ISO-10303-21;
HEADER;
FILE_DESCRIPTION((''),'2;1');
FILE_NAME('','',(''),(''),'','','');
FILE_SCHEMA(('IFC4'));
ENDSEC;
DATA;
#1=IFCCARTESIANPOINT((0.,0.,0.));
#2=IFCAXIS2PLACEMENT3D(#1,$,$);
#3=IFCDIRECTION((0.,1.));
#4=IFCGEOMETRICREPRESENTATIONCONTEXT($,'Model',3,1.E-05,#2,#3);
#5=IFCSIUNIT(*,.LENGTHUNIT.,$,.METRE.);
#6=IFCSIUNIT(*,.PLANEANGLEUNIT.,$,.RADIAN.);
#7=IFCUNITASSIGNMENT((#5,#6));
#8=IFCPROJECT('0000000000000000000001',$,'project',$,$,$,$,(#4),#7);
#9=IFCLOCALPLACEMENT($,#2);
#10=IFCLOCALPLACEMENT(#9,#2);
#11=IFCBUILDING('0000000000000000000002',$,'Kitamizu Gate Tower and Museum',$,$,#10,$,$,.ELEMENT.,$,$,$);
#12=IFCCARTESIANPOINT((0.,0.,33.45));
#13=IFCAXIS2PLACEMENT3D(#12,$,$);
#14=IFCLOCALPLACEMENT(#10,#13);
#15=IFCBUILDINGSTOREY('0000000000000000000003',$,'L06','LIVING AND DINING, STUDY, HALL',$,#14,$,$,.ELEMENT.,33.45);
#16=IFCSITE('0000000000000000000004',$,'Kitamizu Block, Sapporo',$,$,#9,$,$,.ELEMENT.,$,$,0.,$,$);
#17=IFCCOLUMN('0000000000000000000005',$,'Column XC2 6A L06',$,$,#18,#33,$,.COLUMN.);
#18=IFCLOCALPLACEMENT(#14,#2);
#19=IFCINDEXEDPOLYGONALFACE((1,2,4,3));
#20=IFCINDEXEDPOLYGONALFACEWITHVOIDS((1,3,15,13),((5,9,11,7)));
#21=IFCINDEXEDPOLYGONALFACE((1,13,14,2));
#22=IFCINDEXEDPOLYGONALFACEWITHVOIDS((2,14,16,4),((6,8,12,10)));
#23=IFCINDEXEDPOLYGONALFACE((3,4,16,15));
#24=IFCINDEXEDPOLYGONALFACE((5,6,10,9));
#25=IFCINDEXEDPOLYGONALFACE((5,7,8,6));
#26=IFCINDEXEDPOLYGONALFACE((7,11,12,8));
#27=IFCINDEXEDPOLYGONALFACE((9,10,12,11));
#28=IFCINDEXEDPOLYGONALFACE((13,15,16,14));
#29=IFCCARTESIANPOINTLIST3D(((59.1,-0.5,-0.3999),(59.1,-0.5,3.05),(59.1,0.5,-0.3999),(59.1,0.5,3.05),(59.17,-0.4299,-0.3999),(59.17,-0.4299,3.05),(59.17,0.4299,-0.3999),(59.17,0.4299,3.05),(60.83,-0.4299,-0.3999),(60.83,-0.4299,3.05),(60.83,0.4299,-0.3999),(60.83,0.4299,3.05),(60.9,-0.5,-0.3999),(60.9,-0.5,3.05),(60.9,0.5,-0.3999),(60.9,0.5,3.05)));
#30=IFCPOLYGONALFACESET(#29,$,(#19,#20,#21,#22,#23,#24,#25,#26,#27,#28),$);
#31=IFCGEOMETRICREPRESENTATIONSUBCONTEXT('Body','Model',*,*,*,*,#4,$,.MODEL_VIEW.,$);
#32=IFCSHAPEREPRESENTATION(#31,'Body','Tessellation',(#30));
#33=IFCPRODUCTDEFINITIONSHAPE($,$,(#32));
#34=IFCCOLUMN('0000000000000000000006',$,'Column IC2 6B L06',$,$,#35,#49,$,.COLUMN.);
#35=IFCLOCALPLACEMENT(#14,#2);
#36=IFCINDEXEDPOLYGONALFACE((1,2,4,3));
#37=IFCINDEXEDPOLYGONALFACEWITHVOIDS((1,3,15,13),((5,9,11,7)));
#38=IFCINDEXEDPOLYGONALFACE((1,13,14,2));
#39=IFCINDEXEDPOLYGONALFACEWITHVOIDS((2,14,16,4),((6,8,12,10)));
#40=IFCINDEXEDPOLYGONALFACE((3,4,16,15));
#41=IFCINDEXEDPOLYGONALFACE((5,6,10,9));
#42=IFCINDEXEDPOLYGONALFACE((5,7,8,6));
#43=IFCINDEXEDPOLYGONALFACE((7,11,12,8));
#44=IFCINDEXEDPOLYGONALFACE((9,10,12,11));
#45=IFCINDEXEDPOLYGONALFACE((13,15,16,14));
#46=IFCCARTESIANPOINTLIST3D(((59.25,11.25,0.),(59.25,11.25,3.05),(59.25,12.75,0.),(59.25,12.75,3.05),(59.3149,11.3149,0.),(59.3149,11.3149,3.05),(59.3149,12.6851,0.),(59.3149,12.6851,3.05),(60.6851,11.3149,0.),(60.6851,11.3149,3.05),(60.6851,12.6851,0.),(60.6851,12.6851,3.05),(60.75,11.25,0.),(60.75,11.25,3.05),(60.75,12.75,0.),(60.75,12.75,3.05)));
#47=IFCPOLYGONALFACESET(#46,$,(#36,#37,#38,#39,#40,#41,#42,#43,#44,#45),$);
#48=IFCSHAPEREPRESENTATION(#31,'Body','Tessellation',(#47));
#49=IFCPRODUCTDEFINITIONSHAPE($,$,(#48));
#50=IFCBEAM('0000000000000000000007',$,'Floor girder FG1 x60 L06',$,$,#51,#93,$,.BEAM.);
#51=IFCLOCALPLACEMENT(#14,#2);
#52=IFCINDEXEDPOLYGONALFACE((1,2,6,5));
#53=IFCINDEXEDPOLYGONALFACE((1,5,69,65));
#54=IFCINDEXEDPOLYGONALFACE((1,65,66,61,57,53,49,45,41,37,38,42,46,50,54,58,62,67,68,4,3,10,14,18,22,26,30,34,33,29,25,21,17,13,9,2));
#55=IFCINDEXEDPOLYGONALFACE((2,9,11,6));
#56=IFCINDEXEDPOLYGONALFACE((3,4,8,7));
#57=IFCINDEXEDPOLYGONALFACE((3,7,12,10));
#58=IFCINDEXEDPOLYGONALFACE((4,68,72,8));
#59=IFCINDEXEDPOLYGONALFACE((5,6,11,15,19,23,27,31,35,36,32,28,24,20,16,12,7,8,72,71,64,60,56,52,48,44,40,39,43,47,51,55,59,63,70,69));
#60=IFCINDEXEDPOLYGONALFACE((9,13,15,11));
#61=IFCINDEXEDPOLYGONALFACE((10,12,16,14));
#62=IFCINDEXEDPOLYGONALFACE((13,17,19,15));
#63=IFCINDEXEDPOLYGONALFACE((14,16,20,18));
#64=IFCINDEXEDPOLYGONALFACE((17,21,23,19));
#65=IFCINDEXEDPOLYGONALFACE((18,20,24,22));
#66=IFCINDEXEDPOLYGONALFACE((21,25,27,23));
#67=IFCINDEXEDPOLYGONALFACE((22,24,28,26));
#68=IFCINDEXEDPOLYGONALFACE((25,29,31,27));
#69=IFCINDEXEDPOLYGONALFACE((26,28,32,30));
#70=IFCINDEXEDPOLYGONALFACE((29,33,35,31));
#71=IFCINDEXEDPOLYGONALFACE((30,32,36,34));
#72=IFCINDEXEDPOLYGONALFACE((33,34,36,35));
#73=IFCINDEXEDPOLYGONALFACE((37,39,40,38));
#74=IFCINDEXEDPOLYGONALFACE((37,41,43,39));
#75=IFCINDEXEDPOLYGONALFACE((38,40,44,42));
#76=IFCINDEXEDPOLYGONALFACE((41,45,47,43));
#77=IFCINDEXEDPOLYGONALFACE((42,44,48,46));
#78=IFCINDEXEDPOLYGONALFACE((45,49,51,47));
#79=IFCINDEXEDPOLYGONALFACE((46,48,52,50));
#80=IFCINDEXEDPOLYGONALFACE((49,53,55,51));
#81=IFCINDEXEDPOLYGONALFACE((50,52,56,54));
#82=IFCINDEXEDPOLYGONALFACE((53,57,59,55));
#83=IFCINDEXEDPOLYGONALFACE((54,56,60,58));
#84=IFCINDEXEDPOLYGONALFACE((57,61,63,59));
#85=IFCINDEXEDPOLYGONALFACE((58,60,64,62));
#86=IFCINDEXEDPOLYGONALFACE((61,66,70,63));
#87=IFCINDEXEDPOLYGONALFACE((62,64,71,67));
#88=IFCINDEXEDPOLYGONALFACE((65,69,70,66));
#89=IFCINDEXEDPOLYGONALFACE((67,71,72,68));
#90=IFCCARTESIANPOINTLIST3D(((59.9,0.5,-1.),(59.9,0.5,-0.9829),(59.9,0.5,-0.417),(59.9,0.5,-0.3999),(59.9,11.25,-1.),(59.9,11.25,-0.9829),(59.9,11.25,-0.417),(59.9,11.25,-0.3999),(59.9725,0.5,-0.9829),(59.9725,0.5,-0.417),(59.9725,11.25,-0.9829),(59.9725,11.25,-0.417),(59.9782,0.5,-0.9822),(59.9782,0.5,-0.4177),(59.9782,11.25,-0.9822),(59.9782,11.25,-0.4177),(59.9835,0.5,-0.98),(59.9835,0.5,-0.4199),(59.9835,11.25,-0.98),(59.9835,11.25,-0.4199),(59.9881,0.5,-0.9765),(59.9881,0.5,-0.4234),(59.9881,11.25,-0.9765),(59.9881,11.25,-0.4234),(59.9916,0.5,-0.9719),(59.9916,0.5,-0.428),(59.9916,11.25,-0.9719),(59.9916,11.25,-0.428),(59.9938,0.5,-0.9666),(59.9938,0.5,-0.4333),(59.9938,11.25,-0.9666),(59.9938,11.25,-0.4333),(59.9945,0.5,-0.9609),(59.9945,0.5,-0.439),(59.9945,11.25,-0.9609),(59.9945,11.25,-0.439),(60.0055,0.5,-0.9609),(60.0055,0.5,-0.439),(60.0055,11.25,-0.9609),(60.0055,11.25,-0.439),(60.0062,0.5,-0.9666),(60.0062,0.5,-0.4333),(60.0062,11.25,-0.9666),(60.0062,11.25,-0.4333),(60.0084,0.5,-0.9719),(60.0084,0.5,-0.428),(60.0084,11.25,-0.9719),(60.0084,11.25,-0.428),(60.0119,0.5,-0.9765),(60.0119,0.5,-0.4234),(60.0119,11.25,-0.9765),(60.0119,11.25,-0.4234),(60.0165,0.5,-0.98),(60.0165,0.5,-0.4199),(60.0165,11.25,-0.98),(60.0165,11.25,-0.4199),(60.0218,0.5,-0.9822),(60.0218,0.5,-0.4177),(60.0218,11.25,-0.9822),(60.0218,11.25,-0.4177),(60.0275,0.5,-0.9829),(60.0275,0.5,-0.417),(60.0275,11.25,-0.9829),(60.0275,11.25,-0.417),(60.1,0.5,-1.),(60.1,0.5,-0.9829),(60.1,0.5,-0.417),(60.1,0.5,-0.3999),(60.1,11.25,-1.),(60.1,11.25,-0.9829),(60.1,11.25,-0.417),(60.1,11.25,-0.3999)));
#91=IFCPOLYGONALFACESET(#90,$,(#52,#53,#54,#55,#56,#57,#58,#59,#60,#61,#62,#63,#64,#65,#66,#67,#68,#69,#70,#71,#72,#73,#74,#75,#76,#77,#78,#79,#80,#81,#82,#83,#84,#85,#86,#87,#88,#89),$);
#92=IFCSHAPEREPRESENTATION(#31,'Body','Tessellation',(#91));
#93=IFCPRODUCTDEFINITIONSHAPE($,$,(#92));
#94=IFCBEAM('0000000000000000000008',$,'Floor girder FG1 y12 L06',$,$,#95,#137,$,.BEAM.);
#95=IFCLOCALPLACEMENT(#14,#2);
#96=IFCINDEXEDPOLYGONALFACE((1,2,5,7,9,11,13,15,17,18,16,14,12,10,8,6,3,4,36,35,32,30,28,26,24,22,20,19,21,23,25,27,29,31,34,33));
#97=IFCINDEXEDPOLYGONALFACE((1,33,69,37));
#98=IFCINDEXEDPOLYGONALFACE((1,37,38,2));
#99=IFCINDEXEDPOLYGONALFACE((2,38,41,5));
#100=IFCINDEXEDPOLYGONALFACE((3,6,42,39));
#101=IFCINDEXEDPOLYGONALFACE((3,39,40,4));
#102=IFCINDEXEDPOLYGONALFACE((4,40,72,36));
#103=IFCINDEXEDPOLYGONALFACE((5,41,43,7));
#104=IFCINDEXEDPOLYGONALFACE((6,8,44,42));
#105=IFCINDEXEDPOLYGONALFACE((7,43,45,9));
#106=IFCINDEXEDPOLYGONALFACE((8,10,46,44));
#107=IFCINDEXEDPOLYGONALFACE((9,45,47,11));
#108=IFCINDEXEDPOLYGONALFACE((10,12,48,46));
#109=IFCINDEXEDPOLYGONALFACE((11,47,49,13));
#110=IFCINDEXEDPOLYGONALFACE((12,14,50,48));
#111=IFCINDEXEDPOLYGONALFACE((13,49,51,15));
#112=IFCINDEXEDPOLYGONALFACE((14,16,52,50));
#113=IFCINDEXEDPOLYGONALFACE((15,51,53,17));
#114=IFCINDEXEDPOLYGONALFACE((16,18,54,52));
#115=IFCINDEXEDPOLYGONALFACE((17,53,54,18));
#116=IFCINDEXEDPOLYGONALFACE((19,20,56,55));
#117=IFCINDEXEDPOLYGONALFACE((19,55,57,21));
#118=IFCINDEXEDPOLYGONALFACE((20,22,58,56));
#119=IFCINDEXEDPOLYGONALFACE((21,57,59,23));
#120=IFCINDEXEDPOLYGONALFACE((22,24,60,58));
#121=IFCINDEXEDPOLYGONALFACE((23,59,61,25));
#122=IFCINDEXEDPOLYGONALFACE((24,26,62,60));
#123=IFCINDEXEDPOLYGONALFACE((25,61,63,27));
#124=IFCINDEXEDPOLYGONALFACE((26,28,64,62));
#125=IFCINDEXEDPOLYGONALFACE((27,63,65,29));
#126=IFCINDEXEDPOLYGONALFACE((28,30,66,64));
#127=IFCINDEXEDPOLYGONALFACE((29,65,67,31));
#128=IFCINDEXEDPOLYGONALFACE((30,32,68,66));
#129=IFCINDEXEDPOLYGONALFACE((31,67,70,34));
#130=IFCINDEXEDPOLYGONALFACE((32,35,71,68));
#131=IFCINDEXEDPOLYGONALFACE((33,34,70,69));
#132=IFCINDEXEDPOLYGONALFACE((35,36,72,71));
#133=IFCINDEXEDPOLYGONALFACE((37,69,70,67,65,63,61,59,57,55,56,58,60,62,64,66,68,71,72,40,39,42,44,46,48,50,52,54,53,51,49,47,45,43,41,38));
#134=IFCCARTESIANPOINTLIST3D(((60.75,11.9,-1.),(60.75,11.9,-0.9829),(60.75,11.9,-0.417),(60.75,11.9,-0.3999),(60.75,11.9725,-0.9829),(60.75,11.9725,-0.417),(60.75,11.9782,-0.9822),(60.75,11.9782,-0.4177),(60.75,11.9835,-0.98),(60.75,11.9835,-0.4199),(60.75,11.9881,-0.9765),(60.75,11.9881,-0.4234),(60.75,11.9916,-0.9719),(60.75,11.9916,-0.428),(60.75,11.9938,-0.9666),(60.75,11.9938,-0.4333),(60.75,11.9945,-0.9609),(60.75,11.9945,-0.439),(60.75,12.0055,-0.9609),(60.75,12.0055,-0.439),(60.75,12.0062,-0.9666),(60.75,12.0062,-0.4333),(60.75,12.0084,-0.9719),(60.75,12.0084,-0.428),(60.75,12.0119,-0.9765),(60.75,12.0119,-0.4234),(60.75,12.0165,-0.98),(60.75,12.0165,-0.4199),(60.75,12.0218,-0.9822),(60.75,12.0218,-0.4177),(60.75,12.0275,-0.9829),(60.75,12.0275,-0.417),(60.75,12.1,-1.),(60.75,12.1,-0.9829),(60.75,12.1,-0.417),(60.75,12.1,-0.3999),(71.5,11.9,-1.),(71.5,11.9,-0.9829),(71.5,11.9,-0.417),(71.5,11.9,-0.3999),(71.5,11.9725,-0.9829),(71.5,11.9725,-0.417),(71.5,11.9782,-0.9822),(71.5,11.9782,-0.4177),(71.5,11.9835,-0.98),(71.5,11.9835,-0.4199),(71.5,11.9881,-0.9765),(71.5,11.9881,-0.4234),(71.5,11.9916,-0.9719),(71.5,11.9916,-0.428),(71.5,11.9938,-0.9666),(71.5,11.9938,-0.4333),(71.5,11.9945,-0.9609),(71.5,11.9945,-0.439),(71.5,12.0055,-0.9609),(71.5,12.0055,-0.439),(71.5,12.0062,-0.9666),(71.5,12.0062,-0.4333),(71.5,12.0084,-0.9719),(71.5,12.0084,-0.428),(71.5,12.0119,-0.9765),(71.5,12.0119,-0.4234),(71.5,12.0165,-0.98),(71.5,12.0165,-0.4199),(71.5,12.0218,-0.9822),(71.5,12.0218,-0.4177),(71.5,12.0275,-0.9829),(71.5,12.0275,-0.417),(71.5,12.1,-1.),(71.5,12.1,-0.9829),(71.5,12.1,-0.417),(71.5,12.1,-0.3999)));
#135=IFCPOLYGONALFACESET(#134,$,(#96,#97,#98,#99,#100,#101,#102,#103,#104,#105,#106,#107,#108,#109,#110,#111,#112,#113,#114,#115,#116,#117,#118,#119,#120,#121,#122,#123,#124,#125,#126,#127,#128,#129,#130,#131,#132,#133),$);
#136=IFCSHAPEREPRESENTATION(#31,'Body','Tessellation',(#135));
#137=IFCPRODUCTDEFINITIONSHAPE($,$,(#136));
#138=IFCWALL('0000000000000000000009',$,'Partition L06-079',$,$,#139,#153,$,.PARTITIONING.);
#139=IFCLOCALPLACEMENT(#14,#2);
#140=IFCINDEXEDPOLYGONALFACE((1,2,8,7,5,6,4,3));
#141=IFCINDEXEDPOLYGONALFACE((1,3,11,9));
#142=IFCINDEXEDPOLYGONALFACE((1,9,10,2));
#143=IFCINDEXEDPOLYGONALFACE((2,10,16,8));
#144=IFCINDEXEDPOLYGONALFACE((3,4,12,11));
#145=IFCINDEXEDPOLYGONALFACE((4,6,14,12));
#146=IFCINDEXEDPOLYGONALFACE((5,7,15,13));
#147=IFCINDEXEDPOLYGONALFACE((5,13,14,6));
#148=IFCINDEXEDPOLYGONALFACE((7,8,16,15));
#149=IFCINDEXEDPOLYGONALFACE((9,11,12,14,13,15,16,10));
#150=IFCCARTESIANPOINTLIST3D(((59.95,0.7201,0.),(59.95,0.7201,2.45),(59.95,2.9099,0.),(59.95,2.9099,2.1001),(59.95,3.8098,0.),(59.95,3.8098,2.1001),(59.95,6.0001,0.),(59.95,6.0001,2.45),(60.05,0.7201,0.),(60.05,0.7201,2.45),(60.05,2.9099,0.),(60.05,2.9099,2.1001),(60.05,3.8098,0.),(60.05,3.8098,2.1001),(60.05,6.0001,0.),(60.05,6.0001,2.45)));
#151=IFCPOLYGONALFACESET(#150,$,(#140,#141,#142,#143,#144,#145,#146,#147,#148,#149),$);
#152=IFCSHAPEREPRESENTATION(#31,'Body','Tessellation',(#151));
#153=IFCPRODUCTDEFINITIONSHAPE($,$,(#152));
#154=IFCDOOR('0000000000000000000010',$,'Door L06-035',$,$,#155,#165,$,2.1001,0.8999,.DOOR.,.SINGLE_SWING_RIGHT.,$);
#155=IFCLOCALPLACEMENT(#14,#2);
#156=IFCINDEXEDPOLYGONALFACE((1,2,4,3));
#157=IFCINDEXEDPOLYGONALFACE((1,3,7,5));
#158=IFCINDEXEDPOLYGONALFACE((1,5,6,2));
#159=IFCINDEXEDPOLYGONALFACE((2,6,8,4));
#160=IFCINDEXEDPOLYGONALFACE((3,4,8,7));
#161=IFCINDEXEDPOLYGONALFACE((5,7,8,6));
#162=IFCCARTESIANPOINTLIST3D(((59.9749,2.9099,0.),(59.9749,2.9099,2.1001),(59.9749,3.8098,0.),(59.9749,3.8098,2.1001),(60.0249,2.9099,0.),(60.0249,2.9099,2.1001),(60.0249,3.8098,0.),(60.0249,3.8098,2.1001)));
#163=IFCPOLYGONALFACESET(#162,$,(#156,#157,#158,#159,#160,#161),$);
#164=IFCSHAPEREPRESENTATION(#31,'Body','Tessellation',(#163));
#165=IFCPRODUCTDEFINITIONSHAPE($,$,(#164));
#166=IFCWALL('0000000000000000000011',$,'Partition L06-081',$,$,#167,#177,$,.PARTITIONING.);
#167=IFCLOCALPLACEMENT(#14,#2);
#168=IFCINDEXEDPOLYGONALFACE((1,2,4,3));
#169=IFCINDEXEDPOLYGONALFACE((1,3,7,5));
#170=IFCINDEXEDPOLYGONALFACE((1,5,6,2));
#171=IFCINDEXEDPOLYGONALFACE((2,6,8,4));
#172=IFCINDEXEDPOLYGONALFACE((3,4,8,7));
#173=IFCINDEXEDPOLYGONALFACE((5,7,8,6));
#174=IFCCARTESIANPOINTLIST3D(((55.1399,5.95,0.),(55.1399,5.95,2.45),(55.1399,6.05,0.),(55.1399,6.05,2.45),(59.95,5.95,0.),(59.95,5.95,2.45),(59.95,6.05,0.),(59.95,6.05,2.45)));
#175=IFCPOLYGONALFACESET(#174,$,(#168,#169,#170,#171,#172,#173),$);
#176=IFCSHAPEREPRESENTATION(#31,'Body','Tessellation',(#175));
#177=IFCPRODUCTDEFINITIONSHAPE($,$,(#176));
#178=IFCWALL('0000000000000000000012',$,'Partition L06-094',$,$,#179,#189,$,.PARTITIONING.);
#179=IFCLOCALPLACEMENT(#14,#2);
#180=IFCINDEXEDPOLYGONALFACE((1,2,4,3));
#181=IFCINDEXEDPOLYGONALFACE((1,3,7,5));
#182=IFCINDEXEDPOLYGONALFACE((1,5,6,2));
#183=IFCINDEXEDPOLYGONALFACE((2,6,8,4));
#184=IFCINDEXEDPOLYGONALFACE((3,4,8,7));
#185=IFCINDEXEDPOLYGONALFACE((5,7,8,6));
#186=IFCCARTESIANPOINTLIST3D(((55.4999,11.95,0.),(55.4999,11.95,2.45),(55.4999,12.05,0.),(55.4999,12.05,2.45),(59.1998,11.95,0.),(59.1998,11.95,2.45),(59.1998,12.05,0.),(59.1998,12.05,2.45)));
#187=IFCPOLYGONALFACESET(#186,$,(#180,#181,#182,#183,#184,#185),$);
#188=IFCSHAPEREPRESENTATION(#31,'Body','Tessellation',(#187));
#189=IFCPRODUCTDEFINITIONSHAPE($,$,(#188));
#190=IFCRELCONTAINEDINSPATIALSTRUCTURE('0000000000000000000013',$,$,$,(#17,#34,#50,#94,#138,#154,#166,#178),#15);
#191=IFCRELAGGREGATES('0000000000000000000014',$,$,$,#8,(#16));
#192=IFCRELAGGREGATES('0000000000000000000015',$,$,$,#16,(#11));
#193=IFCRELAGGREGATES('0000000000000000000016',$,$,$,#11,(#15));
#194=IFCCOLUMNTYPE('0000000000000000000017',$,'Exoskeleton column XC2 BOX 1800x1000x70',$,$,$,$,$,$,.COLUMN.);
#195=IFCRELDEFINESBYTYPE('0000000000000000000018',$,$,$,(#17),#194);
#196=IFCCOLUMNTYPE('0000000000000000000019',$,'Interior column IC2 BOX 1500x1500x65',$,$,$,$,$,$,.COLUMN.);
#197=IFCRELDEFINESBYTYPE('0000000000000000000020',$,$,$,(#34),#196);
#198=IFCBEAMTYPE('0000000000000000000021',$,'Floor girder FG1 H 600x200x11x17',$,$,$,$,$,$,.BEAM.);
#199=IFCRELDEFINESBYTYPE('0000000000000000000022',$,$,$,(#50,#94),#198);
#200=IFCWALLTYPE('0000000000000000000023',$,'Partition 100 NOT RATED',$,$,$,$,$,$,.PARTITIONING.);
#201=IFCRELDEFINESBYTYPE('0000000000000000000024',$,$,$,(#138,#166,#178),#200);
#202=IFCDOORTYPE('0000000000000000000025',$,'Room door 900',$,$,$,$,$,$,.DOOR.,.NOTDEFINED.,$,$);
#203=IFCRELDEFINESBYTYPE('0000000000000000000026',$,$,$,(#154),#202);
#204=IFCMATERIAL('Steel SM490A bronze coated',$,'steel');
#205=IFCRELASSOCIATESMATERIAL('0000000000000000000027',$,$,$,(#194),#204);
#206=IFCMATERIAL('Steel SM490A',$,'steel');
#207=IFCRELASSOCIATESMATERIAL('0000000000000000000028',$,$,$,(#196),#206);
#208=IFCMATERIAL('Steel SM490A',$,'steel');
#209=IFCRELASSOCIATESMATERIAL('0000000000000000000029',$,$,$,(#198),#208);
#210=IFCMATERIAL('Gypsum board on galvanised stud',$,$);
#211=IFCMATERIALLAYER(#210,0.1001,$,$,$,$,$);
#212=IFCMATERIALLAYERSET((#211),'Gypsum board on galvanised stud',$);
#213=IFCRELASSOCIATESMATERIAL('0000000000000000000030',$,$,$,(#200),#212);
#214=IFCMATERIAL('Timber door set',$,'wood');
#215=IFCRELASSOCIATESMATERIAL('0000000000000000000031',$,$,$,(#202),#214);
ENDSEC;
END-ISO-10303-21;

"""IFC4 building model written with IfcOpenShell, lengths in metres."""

from ifc_helpers import new_model, si_unit, direction, frame, frame_2d, origin, origin_2d, place, context, subcontext, project, spatial, rectangle, hollow_rectangle, i_section, extrude, material, layer, layer_set, material_profile, profile_set, type_object, element, fill, save


model = new_model("IFC4")

# Units and contexts
model_context = context("Model", 3, precision=1e-05, world=origin(), true_north=direction((0.0, 1.0)))
body_context = subcontext(model_context, "Body", "Model", "MODEL_VIEW")
ifc_project = project(units=[si_unit("LENGTHUNIT", "METRE"), si_unit("PLANEANGLEUNIT", "RADIAN")], contexts=[model_context])

# Site, building, storey
site_placement = place(None, origin())
site = spatial("IfcSite", under=ifc_project, at=site_placement, Name="Kitamizu Block, Sapporo", CompositionType="ELEMENT", RefElevation=0.0)
building_placement = place(site_placement, origin())
building = spatial("IfcBuilding", under=site, at=building_placement, Name="Kitamizu Gate Tower and Museum", CompositionType="ELEMENT")
storey_placement = place(building_placement, frame((0.0, 0.0, 33.45)))
storey = spatial("IfcBuildingStorey", under=building, at=storey_placement, Name="L06", Description="LIVING AND DINING, STUDY, HALL", CompositionType="ELEMENT", Elevation=33.45)

# Columns
ifc_material_1 = material(Name="Steel SM490A bronze coated", Category="steel")
ifc_material_profile_1 = material_profile(ifc_material_1, hollow_rectangle(XDim=1.8, YDim=1.0, WallThickness=0.0701, at=origin_2d()), Name="BOX 1800x1000x70")
ifc_profile_set_1 = profile_set([ifc_material_profile_1], Name="Steel SM490A bronze coated")
column_type_1 = type_object("IfcColumnType", Name="Exoskeleton column XC2 BOX 1800x1000x70", PredefinedType="COLUMN", material=ifc_profile_set_1)
column_1_placement = place(storey_placement, frame((60.0, 0.0, -0.3999), z_axis=(0.0, 0.0, 1.0), x_axis=(1.0, 0.0, 0.0)))
element("IfcColumn", 1, at=column_1_placement, inside=storey, type_object=column_type_1, Name="Column XC2 6A L06", PredefinedType="COLUMN", context=body_context, shape_type="SweptSolid", body=[
    extrude(hollow_rectangle(XDim=1.8, YDim=1.0, WallThickness=0.0701, at=origin_2d()), origin(), (0.0, 0.0, 1.0), 3.45),
])
ifc_material_2 = material(Name="Steel SM490A", Category="steel")
ifc_material_profile_2 = material_profile(ifc_material_2, hollow_rectangle(XDim=1.5, YDim=1.5, WallThickness=0.0649, at=origin_2d()), Name="BOX 1500x1500x65")
ifc_profile_set_2 = profile_set([ifc_material_profile_2], Name="Steel SM490A")
column_type_2 = type_object("IfcColumnType", Name="Interior column IC2 BOX 1500x1500x65", PredefinedType="COLUMN", material=ifc_profile_set_2)
column_2_placement = place(storey_placement, frame((60.0, 12.0, 0.0), z_axis=(0.0, 0.0, 1.0), x_axis=(1.0, 0.0, 0.0)))
element("IfcColumn", 2, at=column_2_placement, inside=storey, type_object=column_type_2, Name="Column IC2 6B L06", PredefinedType="COLUMN", context=body_context, shape_type="SweptSolid", body=[
    extrude(hollow_rectangle(XDim=1.5, YDim=1.5, WallThickness=0.0649, at=origin_2d()), origin(), (0.0, 0.0, 1.0), 3.05),
])

# Beams
ifc_material_3 = material(Name="Steel SM490A", Category="steel")
ifc_material_profile_3 = material_profile(ifc_material_3, i_section(OverallWidth=0.2, OverallDepth=0.6001, WebThickness=0.011, FlangeThickness=0.0171, FilletRadius=0.022, at=origin_2d()), Name="H-600x200x11x17")
ifc_profile_set_3 = profile_set([ifc_material_profile_3], Name="Steel SM490A")
beam_type = type_object("IfcBeamType", Name="Floor girder FG1 H 600x200x11x17", PredefinedType="BEAM", material=ifc_profile_set_3)
for number, where, z_axis, x_axis, name in (
    (3, (60.0, 0.5, -0.7), (0.0, 1.0, 0.0), (-1.0, 0.0, 0.0), "Floor girder FG1 x60 L06"),
    (4, (60.75, 12.0, -0.7), (1.0, 0.0, 0.0), (0.0, 1.0, 0.0), "Floor girder FG1 y12 L06"),
):
    element("IfcBeam", number, at=place(storey_placement, frame(where, z_axis=z_axis, x_axis=x_axis)), inside=storey, type_object=beam_type, Name=name, PredefinedType="BEAM", context=body_context, shape_type="SweptSolid", body=[
        extrude(i_section(OverallWidth=0.2, OverallDepth=0.6001, WebThickness=0.011, FlangeThickness=0.0171, FilletRadius=0.022, at=origin_2d()), origin(), (0.0, 0.0, 1.0), 10.75),
    ])

# Wall, opening, door
ifc_material_4 = material(Name="Gypsum board on galvanised stud")
ifc_layer_1 = layer(ifc_material_4, 0.1001)
ifc_layer_set_1 = layer_set([ifc_layer_1], Name="Gypsum board on galvanised stud")
wall_type_1 = type_object("IfcWallType", Name="Partition 100 NOT RATED", PredefinedType="PARTITIONING", material=ifc_layer_set_1)
wall_1_placement = place(storey_placement, frame((60.0, 0.72, 0.0), z_axis=(0.0, 0.0, 1.0), x_axis=(0.0, 1.0, 0.0)))
wall_1 = element("IfcWall", 5, at=wall_1_placement, inside=storey, type_object=wall_type_1, Name="Partition L06-079", PredefinedType="PARTITIONING", context=body_context, shape_type="SweptSolid", body=[
    extrude(rectangle(XDim=5.28, YDim=0.1001, at=frame_2d((2.6401, 0.0))), origin(), (0.0, 0.0, 1.0), 2.45),
])
opening_1_placement = place(wall_1_placement, frame((2.1899, 0.0, 0.0)))
opening_1 = element("IfcOpeningElement", 6, at=opening_1_placement, cuts=wall_1, PredefinedType="OPENING", context=body_context, shape_type="SweptSolid", body=[
    extrude(rectangle(XDim=0.8999, YDim=2.1001, at=frame_2d((0.45, 1.05))), frame((0.0, 0.0601, 0.0), z_axis=(0.0, -1.0, 0.0), x_axis=(1.0, 0.0, 0.0)), (0.0, 0.0, 1.0), 0.1201),
])
ifc_material_5 = material(Name="Timber door set", Category="wood")
door_type = type_object("IfcDoorType", Name="Room door 900", OperationType="NOTDEFINED", PredefinedType="DOOR", material=ifc_material_5)
door_1_placement = place(opening_1_placement, frame((0.8999, 0.0, 0.0), x_axis=(-1.0, 0.0, 0.0)))
door_1 = element("IfcDoor", 7, at=door_1_placement, inside=storey, type_object=door_type, Name="Door L06-035", OperationType="SINGLE_SWING_RIGHT", OverallHeight=2.1001, OverallWidth=0.8999, PredefinedType="DOOR", context=body_context, shape_type="SweptSolid", body=[
    extrude(rectangle(XDim=0.8999, YDim=2.1001, at=frame_2d((0.45, 1.05))), frame((0.0, 0.0249, 0.0), z_axis=(0.0, -1.0, 0.0), x_axis=(1.0, 0.0, 0.0)), (0.0, 0.0, 1.0), 0.05),
])
fill(opening_1, door_1)

# Walls
wall_2_placement = place(storey_placement, frame((59.95, 6.0, 0.0), z_axis=(0.0, 0.0, 1.0), x_axis=(-1.0, 0.0, 0.0)))
element("IfcWall", 8, at=wall_2_placement, inside=storey, type_object=wall_type_1, Name="Partition L06-081", PredefinedType="PARTITIONING", context=body_context, shape_type="SweptSolid", body=[
    extrude(rectangle(XDim=4.8101, YDim=0.1001, at=frame_2d((2.405, 0.0))), origin(), (0.0, 0.0, 1.0), 2.45),
])
wall_3_placement = place(storey_placement, frame((59.2, 12.0, 0.0), z_axis=(0.0, 0.0, 1.0), x_axis=(-1.0, 0.0, 0.0)))
element("IfcWall", 9, at=wall_3_placement, inside=storey, type_object=wall_type_1, Name="Partition L06-094", PredefinedType="PARTITIONING", context=body_context, shape_type="SweptSolid", body=[
    extrude(rectangle(XDim=3.7, YDim=0.1001, at=frame_2d((1.8501, 0.0))), origin(), (0.0, 0.0, 1.0), 2.45),
])

save(model, "model.ifc")
